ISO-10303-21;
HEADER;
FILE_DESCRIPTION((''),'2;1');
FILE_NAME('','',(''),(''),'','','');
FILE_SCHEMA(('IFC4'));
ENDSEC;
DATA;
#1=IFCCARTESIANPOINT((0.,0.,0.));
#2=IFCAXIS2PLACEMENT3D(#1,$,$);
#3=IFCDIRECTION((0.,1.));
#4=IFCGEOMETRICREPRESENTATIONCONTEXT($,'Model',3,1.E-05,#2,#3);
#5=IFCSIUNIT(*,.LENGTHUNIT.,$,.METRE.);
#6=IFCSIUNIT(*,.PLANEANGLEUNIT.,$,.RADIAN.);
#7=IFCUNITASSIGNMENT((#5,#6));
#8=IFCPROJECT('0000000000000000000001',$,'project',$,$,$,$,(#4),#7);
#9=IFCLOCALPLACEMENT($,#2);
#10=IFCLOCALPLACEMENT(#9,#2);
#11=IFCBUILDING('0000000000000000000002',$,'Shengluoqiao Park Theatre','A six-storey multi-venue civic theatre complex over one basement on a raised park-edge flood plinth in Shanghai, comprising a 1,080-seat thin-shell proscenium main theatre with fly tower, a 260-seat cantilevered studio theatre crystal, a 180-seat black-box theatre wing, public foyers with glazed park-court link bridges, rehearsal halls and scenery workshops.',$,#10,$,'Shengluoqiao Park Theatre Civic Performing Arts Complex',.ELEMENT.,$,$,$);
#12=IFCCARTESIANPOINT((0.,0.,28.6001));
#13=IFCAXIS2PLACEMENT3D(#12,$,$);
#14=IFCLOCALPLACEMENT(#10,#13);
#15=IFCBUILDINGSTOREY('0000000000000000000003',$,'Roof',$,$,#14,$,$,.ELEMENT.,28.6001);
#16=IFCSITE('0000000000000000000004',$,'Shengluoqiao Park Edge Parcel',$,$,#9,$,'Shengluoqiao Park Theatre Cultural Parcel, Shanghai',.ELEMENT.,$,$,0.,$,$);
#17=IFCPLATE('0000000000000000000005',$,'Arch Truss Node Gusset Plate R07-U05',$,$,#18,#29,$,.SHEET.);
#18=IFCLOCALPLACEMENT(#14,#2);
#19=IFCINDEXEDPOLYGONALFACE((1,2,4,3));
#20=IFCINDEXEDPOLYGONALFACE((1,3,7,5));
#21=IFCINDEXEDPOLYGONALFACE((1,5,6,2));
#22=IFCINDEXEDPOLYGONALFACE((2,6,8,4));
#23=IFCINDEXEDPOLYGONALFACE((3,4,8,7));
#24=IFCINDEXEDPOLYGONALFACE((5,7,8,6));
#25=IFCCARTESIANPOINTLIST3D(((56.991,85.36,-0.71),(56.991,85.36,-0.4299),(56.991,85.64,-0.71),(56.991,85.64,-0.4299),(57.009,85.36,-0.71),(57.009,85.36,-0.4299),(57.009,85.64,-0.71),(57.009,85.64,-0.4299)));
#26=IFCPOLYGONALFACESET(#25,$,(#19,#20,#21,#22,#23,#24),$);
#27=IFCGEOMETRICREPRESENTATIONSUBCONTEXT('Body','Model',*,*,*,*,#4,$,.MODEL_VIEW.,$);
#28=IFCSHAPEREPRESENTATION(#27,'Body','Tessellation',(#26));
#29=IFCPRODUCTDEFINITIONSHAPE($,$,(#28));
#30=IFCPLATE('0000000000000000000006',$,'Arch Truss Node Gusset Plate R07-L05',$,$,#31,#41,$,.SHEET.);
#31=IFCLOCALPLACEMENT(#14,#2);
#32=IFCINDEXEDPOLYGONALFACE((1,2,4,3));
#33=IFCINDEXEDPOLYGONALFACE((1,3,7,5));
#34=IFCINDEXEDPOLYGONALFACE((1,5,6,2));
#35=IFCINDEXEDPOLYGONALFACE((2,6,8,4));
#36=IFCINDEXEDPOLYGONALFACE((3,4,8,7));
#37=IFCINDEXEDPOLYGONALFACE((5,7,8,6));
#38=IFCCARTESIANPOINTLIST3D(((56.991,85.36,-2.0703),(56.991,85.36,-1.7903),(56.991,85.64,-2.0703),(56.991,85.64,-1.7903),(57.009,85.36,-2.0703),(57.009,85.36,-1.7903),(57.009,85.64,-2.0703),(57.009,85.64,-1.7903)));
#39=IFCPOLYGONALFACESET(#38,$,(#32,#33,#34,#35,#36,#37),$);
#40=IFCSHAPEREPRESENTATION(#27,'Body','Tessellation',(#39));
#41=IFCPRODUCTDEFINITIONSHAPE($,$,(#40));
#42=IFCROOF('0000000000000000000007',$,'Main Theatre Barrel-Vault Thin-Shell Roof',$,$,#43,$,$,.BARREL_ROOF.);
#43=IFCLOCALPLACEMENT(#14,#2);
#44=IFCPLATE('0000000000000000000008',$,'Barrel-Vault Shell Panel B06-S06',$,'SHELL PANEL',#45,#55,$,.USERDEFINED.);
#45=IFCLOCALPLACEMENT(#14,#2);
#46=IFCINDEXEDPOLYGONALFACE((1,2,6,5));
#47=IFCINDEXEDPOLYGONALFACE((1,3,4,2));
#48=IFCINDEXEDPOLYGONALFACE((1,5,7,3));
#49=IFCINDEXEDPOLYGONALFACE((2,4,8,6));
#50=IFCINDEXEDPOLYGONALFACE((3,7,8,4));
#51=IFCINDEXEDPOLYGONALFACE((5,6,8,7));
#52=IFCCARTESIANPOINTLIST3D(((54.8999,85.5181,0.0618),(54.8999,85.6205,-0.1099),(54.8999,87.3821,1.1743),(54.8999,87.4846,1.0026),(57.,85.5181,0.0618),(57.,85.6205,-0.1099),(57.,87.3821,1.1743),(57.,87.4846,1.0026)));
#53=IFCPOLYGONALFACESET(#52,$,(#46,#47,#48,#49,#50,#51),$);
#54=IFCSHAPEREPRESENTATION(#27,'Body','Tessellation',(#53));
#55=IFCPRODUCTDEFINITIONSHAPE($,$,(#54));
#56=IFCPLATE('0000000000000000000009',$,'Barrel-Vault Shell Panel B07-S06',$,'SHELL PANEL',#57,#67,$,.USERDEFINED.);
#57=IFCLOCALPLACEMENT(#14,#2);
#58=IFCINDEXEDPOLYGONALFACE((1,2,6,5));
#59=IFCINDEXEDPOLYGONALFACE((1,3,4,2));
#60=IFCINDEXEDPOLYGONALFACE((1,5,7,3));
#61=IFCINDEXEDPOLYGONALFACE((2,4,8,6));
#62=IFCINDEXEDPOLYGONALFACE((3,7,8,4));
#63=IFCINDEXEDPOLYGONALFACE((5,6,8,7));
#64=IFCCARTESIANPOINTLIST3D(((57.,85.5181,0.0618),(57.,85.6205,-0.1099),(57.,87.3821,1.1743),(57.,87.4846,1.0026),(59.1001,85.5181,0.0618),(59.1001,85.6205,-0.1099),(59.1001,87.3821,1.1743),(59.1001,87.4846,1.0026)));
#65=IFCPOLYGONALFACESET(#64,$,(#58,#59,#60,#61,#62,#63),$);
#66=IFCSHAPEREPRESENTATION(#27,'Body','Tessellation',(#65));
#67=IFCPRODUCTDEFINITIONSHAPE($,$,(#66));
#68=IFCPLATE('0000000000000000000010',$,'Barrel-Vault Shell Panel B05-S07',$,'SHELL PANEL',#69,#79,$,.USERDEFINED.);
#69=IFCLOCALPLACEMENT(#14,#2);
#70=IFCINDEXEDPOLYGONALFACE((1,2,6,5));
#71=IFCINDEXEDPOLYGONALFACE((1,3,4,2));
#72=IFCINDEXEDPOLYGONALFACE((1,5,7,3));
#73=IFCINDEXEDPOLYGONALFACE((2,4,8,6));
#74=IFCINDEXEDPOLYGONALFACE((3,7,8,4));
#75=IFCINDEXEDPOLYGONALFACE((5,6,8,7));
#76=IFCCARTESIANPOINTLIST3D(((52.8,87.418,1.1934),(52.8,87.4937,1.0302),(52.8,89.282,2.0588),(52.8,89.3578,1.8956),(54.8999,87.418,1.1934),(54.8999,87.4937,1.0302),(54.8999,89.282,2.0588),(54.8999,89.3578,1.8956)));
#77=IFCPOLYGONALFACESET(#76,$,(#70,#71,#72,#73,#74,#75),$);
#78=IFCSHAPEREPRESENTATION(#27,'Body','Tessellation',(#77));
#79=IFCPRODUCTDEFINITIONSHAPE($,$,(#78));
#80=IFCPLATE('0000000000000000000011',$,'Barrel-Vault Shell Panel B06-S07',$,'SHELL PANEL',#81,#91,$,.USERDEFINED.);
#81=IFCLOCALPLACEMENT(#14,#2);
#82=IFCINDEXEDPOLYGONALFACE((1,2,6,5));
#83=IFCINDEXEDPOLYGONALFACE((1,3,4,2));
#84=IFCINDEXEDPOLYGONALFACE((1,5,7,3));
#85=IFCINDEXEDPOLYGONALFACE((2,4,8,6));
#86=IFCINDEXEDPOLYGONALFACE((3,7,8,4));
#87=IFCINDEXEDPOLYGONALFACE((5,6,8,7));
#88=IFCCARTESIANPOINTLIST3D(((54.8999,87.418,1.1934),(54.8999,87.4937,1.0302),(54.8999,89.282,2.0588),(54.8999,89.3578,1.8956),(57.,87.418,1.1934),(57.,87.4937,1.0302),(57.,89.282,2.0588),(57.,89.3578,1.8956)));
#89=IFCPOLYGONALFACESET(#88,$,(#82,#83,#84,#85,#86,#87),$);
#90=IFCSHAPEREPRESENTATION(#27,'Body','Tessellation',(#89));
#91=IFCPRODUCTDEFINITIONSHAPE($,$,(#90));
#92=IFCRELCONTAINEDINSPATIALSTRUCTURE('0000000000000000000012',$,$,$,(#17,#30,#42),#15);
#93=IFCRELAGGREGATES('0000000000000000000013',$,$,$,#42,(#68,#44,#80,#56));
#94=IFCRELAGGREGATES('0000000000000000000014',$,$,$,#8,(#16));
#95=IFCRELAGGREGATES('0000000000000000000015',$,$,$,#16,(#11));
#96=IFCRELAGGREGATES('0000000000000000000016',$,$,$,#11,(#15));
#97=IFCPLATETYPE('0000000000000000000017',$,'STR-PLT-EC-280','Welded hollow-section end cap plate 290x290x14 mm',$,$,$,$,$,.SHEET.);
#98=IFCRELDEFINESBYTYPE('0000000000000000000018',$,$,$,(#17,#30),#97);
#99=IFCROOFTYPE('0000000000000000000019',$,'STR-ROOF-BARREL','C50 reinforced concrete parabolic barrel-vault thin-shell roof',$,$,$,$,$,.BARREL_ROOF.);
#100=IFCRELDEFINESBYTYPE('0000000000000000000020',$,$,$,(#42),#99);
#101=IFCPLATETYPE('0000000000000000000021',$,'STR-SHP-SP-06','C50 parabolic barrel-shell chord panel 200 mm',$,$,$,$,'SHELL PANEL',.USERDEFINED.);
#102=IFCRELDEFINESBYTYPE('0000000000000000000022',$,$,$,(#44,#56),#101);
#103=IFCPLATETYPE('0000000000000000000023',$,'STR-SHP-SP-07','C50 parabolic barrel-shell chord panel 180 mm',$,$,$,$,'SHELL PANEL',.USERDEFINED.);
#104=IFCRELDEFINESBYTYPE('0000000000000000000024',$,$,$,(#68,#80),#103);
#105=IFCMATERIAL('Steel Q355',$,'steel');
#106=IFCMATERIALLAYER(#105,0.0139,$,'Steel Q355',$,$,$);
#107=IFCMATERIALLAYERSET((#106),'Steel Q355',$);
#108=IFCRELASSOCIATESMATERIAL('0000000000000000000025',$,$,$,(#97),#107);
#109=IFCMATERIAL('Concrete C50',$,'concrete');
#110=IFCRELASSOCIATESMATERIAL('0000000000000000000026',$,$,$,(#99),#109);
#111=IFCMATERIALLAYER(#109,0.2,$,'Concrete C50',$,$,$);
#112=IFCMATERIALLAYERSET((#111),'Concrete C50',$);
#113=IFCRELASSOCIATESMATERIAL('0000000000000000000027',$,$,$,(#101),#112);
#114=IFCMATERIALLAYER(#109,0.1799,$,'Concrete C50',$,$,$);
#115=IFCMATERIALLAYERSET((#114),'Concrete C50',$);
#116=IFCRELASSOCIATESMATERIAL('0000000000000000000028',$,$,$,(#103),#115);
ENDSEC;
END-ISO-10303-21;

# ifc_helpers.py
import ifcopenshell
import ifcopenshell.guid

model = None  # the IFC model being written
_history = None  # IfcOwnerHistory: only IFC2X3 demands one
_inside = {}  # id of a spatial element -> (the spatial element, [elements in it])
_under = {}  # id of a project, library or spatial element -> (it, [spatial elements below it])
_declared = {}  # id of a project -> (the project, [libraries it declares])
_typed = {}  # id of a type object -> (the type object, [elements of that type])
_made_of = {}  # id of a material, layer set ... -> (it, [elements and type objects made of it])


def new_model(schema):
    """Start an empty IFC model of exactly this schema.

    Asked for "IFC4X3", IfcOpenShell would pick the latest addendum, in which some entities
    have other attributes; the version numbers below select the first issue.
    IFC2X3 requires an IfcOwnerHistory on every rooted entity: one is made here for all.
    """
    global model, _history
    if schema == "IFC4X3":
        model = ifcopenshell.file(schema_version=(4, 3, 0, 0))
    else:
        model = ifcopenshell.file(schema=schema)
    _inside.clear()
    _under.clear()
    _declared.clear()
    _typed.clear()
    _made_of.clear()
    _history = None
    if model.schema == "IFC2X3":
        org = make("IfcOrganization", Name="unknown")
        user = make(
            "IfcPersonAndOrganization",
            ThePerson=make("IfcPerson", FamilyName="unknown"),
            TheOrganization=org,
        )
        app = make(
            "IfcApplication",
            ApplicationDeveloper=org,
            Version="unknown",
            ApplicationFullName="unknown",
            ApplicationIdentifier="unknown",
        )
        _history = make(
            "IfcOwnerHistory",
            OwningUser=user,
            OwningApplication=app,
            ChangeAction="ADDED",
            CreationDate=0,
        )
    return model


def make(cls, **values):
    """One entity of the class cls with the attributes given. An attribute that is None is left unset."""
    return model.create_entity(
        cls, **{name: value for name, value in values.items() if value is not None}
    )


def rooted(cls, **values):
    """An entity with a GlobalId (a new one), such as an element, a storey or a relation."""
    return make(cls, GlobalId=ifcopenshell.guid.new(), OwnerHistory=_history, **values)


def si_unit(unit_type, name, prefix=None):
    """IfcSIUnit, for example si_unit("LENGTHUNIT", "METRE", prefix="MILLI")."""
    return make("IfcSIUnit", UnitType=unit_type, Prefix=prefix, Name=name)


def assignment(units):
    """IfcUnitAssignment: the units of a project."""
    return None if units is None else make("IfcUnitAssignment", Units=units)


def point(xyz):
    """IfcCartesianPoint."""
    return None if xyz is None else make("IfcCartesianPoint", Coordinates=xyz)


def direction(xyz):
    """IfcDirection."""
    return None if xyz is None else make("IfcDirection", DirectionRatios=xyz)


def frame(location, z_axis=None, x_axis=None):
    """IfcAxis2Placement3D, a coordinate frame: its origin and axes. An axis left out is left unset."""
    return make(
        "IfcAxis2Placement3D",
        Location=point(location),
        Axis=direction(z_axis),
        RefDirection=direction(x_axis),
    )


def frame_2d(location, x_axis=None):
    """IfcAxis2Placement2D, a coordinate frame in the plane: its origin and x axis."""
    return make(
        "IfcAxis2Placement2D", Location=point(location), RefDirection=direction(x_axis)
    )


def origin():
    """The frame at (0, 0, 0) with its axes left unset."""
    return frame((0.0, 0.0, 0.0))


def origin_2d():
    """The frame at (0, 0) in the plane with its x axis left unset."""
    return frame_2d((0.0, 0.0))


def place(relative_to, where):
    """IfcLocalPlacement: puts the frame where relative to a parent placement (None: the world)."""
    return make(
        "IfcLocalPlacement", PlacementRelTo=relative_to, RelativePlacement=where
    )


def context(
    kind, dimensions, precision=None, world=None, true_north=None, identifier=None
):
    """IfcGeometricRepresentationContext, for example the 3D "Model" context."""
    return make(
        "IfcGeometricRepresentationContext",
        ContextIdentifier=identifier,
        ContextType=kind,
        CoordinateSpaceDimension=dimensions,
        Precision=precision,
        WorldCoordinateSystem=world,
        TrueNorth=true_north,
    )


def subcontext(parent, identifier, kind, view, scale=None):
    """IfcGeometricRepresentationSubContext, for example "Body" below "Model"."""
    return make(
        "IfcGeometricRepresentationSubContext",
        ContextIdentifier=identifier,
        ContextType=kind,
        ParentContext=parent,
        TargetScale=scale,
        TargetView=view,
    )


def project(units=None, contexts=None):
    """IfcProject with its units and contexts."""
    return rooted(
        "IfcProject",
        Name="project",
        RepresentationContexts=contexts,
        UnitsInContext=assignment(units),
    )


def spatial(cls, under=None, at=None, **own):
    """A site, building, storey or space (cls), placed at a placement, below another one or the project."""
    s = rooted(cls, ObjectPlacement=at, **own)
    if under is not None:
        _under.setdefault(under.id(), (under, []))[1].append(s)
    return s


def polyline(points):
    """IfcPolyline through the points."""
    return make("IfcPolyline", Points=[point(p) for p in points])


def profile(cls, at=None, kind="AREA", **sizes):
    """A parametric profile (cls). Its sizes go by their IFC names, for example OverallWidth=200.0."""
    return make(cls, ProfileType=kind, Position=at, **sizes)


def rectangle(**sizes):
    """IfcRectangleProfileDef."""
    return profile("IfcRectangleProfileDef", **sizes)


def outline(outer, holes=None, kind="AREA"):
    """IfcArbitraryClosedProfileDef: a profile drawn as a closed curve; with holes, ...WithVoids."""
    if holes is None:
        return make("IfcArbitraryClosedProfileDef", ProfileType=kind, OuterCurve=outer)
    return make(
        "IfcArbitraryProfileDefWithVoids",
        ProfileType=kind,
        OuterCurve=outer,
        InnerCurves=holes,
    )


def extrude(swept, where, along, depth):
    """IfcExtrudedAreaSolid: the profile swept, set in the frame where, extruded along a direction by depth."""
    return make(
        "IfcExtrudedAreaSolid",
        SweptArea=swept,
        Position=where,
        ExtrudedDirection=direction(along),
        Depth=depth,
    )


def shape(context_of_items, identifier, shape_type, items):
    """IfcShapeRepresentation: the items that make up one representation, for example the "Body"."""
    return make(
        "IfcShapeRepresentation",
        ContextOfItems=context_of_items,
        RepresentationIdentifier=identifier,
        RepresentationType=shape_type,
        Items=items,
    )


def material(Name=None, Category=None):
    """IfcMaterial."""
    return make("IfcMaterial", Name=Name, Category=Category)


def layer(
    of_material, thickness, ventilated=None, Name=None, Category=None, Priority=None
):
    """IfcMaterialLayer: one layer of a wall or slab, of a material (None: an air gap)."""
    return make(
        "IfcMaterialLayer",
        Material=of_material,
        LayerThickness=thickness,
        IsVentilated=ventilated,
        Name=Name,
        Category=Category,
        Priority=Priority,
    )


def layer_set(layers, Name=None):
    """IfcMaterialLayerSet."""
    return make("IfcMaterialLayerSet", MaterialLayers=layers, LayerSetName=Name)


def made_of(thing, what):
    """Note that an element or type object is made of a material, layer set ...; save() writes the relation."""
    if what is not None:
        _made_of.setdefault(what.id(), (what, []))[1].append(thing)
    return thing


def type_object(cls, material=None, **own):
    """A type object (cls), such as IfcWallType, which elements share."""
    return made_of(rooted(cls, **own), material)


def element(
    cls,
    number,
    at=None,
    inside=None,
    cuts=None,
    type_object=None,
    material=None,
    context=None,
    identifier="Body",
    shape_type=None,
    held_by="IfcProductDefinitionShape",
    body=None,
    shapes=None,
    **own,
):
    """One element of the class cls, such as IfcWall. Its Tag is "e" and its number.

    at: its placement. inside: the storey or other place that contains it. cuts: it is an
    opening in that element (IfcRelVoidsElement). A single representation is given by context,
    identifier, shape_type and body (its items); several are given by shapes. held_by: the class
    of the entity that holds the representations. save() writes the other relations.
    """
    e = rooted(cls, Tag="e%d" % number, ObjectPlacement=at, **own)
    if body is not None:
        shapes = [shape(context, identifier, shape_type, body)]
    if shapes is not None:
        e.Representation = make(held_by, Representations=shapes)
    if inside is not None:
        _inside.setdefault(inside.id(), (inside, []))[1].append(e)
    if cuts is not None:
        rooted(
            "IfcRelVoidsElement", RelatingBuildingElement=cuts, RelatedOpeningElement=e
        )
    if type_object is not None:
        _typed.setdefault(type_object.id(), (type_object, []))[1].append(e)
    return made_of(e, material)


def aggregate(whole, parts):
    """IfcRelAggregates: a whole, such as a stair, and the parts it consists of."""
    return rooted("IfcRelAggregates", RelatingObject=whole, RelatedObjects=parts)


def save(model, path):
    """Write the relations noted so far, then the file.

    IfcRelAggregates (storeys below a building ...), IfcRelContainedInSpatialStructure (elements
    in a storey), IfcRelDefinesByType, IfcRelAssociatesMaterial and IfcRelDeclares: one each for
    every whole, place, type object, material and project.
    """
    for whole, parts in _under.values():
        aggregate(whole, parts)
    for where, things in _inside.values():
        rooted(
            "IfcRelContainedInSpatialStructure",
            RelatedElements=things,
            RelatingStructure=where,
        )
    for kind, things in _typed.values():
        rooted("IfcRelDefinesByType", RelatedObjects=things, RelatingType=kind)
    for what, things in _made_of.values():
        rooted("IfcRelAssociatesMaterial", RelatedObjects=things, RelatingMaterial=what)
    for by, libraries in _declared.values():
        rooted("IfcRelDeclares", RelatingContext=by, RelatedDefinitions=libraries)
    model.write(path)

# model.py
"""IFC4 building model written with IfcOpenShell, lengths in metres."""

from ifc_helpers import new_model, si_unit, direction, frame, origin, origin_2d, place, context, subcontext, project, spatial, polyline, rectangle, outline, extrude, material, layer, layer_set, type_object, element, aggregate, save


model = new_model("IFC4")

# Units and contexts
model_context = context("Model", 3, precision=1e-05, world=origin(), true_north=direction((0.0, 1.0)))
body_context = subcontext(model_context, "Body", "Model", "MODEL_VIEW")
ifc_project = project(units=[si_unit("LENGTHUNIT", "METRE"), si_unit("PLANEANGLEUNIT", "RADIAN")], contexts=[model_context])

# Site, building, storey
site_placement = place(None, origin())
site = spatial("IfcSite", under=ifc_project, at=site_placement, Name="Shengluoqiao Park Edge Parcel", LongName="Shengluoqiao Park Theatre Cultural Parcel, Shanghai", CompositionType="ELEMENT", RefElevation=0.0)
building_placement = place(site_placement, origin())
building = spatial("IfcBuilding", under=site, at=building_placement, Name="Shengluoqiao Park Theatre", Description="A six-storey multi-venue civic theatre complex over one basement on a raised park-edge flood plinth in Shanghai, comprising a 1,080-seat thin-shell proscenium main theatre with fly tower, a 260-seat cantilevered studio theatre crystal, a 180-seat black-box theatre wing, public foyers with glazed park-court link bridges, rehearsal halls and scenery workshops.", LongName="Shengluoqiao Park Theatre Civic Performing Arts Complex", CompositionType="ELEMENT")
storey_placement = place(building_placement, frame((0.0, 0.0, 28.6001)))
storey = spatial("IfcBuildingStorey", under=building, at=storey_placement, Name="Roof", CompositionType="ELEMENT", Elevation=28.6001)

# Shared definitions
ifc_material_1 = material(Name="Concrete C50", Category="concrete")
ifc_material_2 = material(Name="Steel Q355", Category="steel")

# Plates
ifc_layer_1 = layer(ifc_material_2, 0.0139, Name="Steel Q355")
ifc_layer_set_1 = layer_set([ifc_layer_1], Name="Steel Q355")
plate_type_1 = type_object("IfcPlateType", Name="STR-PLT-EC-280", Description="Welded hollow-section end cap plate 290x290x14 mm", PredefinedType="SHEET", material=ifc_layer_set_1)
for number, where, z_axis, x_axis, name in (
    (1, (57.0, 85.5, -0.71), (0.0, 0.0, 1.0), (1.0, 0.0, 0.0), "Arch Truss Node Gusset Plate R07-U05"),
    (2, (57.0, 85.5, -2.0703), (0.0, 0.0, 1.0), (1.0, 0.0, 0.0), "Arch Truss Node Gusset Plate R07-L05"),
):
    element("IfcPlate", number, at=place(storey_placement, frame(where, z_axis=z_axis, x_axis=x_axis)), inside=storey, type_object=plate_type_1, Name=name, PredefinedType="SHEET", context=body_context, shape_type="SweptSolid", body=[
        extrude(rectangle(XDim=0.0181, YDim=0.28, at=origin_2d()), origin(), (0.0, 0.0, 1.0), 0.28),
    ])

# Roof, plates
roof_type = type_object("IfcRoofType", Name="STR-ROOF-BARREL", Description="C50 reinforced concrete parabolic barrel-vault thin-shell roof", PredefinedType="BARREL_ROOF", material=ifc_material_1)
roof_placement = place(storey_placement, origin())
roof = element("IfcRoof", 3, at=roof_placement, inside=storey, type_object=roof_type, Name="Main Theatre Barrel-Vault Thin-Shell Roof", PredefinedType="BARREL_ROOF")
ifc_layer_2 = layer(ifc_material_1, 0.2, Name="Concrete C50")
ifc_layer_set_2 = layer_set([ifc_layer_2], Name="Concrete C50")
plate_type_2 = type_object("IfcPlateType", Name="STR-SHP-SP-06", Description="C50 parabolic barrel-shell chord panel 200 mm", ElementType="SHELL PANEL", PredefinedType="USERDEFINED", material=ifc_layer_set_2)
plate_1_placement = place(storey_placement, frame((54.8999, 85.5181, 0.0618), z_axis=(0.0, -0.51251, 0.858681), x_axis=(1.0, 0.0, 0.0)))
plate_1 = element("IfcPlate", 4, at=plate_1_placement, type_object=plate_type_2, Name="Barrel-Vault Shell Panel B06-S06", ObjectType="SHELL PANEL", PredefinedType="USERDEFINED", context=body_context, shape_type="SweptSolid", body=[
    extrude(outline(polyline([(0.0, 0.0), (2.1001, 0.0), (2.1001, 2.1708), (0.0, 2.1708), (0.0, 0.0)])), origin(), (0.0, 0.0, -1.0), 0.2),
])
plate_2_placement = place(storey_placement, frame((57.0, 85.5181, 0.0618), z_axis=(0.0, -0.51251, 0.858681), x_axis=(1.0, 0.0, 0.0)))
plate_2 = element("IfcPlate", 5, at=plate_2_placement, type_object=plate_type_2, Name="Barrel-Vault Shell Panel B07-S06", ObjectType="SHELL PANEL", PredefinedType="USERDEFINED", context=body_context, shape_type="SweptSolid", body=[
    extrude(outline(polyline([(0.0, 0.0), (2.1001, 0.0), (2.1001, 2.1708), (0.0, 2.1708), (0.0, 0.0)])), origin(), (0.0, 0.0, -1.0), 0.2),
])
ifc_layer_3 = layer(ifc_material_1, 0.1799, Name="Concrete C50")
ifc_layer_set_3 = layer_set([ifc_layer_3], Name="Concrete C50")
plate_type_3 = type_object("IfcPlateType", Name="STR-SHP-SP-07", Description="C50 parabolic barrel-shell chord panel 180 mm", ElementType="SHELL PANEL", PredefinedType="USERDEFINED", material=ifc_layer_set_3)
plate_3_placement = place(storey_placement, frame((52.8, 87.418, 1.1934), z_axis=(0.0, -0.421129, 0.907001), x_axis=(1.0, 0.0, 0.0)))
plate_3 = element("IfcPlate", 6, at=plate_3_placement, type_object=plate_type_3, Name="Barrel-Vault Shell Panel B05-S07", ObjectType="SHELL PANEL", PredefinedType="USERDEFINED", context=body_context, shape_type="SweptSolid", body=[
    extrude(outline(polyline([(0.0, 0.0), (2.0999, 0.0), (2.0999, 2.0551), (0.0, 2.0551), (0.0, 0.0)])), origin(), (0.0, 0.0, -1.0), 0.1799),
])
plate_4_placement = place(storey_placement, frame((54.8999, 87.418, 1.1934), z_axis=(0.0, -0.421129, 0.907001), x_axis=(1.0, 0.0, 0.0)))
plate_4 = element("IfcPlate", 7, at=plate_4_placement, type_object=plate_type_3, Name="Barrel-Vault Shell Panel B06-S07", ObjectType="SHELL PANEL", PredefinedType="USERDEFINED", context=body_context, shape_type="SweptSolid", body=[
    extrude(outline(polyline([(0.0, 0.0), (2.1001, 0.0), (2.1001, 2.0551), (0.0, 2.0551), (0.0, 0.0)])), origin(), (0.0, 0.0, -1.0), 0.1799),
])
aggregate(roof, [plate_3, plate_1, plate_4, plate_2])

save(model, "model.ifc")
